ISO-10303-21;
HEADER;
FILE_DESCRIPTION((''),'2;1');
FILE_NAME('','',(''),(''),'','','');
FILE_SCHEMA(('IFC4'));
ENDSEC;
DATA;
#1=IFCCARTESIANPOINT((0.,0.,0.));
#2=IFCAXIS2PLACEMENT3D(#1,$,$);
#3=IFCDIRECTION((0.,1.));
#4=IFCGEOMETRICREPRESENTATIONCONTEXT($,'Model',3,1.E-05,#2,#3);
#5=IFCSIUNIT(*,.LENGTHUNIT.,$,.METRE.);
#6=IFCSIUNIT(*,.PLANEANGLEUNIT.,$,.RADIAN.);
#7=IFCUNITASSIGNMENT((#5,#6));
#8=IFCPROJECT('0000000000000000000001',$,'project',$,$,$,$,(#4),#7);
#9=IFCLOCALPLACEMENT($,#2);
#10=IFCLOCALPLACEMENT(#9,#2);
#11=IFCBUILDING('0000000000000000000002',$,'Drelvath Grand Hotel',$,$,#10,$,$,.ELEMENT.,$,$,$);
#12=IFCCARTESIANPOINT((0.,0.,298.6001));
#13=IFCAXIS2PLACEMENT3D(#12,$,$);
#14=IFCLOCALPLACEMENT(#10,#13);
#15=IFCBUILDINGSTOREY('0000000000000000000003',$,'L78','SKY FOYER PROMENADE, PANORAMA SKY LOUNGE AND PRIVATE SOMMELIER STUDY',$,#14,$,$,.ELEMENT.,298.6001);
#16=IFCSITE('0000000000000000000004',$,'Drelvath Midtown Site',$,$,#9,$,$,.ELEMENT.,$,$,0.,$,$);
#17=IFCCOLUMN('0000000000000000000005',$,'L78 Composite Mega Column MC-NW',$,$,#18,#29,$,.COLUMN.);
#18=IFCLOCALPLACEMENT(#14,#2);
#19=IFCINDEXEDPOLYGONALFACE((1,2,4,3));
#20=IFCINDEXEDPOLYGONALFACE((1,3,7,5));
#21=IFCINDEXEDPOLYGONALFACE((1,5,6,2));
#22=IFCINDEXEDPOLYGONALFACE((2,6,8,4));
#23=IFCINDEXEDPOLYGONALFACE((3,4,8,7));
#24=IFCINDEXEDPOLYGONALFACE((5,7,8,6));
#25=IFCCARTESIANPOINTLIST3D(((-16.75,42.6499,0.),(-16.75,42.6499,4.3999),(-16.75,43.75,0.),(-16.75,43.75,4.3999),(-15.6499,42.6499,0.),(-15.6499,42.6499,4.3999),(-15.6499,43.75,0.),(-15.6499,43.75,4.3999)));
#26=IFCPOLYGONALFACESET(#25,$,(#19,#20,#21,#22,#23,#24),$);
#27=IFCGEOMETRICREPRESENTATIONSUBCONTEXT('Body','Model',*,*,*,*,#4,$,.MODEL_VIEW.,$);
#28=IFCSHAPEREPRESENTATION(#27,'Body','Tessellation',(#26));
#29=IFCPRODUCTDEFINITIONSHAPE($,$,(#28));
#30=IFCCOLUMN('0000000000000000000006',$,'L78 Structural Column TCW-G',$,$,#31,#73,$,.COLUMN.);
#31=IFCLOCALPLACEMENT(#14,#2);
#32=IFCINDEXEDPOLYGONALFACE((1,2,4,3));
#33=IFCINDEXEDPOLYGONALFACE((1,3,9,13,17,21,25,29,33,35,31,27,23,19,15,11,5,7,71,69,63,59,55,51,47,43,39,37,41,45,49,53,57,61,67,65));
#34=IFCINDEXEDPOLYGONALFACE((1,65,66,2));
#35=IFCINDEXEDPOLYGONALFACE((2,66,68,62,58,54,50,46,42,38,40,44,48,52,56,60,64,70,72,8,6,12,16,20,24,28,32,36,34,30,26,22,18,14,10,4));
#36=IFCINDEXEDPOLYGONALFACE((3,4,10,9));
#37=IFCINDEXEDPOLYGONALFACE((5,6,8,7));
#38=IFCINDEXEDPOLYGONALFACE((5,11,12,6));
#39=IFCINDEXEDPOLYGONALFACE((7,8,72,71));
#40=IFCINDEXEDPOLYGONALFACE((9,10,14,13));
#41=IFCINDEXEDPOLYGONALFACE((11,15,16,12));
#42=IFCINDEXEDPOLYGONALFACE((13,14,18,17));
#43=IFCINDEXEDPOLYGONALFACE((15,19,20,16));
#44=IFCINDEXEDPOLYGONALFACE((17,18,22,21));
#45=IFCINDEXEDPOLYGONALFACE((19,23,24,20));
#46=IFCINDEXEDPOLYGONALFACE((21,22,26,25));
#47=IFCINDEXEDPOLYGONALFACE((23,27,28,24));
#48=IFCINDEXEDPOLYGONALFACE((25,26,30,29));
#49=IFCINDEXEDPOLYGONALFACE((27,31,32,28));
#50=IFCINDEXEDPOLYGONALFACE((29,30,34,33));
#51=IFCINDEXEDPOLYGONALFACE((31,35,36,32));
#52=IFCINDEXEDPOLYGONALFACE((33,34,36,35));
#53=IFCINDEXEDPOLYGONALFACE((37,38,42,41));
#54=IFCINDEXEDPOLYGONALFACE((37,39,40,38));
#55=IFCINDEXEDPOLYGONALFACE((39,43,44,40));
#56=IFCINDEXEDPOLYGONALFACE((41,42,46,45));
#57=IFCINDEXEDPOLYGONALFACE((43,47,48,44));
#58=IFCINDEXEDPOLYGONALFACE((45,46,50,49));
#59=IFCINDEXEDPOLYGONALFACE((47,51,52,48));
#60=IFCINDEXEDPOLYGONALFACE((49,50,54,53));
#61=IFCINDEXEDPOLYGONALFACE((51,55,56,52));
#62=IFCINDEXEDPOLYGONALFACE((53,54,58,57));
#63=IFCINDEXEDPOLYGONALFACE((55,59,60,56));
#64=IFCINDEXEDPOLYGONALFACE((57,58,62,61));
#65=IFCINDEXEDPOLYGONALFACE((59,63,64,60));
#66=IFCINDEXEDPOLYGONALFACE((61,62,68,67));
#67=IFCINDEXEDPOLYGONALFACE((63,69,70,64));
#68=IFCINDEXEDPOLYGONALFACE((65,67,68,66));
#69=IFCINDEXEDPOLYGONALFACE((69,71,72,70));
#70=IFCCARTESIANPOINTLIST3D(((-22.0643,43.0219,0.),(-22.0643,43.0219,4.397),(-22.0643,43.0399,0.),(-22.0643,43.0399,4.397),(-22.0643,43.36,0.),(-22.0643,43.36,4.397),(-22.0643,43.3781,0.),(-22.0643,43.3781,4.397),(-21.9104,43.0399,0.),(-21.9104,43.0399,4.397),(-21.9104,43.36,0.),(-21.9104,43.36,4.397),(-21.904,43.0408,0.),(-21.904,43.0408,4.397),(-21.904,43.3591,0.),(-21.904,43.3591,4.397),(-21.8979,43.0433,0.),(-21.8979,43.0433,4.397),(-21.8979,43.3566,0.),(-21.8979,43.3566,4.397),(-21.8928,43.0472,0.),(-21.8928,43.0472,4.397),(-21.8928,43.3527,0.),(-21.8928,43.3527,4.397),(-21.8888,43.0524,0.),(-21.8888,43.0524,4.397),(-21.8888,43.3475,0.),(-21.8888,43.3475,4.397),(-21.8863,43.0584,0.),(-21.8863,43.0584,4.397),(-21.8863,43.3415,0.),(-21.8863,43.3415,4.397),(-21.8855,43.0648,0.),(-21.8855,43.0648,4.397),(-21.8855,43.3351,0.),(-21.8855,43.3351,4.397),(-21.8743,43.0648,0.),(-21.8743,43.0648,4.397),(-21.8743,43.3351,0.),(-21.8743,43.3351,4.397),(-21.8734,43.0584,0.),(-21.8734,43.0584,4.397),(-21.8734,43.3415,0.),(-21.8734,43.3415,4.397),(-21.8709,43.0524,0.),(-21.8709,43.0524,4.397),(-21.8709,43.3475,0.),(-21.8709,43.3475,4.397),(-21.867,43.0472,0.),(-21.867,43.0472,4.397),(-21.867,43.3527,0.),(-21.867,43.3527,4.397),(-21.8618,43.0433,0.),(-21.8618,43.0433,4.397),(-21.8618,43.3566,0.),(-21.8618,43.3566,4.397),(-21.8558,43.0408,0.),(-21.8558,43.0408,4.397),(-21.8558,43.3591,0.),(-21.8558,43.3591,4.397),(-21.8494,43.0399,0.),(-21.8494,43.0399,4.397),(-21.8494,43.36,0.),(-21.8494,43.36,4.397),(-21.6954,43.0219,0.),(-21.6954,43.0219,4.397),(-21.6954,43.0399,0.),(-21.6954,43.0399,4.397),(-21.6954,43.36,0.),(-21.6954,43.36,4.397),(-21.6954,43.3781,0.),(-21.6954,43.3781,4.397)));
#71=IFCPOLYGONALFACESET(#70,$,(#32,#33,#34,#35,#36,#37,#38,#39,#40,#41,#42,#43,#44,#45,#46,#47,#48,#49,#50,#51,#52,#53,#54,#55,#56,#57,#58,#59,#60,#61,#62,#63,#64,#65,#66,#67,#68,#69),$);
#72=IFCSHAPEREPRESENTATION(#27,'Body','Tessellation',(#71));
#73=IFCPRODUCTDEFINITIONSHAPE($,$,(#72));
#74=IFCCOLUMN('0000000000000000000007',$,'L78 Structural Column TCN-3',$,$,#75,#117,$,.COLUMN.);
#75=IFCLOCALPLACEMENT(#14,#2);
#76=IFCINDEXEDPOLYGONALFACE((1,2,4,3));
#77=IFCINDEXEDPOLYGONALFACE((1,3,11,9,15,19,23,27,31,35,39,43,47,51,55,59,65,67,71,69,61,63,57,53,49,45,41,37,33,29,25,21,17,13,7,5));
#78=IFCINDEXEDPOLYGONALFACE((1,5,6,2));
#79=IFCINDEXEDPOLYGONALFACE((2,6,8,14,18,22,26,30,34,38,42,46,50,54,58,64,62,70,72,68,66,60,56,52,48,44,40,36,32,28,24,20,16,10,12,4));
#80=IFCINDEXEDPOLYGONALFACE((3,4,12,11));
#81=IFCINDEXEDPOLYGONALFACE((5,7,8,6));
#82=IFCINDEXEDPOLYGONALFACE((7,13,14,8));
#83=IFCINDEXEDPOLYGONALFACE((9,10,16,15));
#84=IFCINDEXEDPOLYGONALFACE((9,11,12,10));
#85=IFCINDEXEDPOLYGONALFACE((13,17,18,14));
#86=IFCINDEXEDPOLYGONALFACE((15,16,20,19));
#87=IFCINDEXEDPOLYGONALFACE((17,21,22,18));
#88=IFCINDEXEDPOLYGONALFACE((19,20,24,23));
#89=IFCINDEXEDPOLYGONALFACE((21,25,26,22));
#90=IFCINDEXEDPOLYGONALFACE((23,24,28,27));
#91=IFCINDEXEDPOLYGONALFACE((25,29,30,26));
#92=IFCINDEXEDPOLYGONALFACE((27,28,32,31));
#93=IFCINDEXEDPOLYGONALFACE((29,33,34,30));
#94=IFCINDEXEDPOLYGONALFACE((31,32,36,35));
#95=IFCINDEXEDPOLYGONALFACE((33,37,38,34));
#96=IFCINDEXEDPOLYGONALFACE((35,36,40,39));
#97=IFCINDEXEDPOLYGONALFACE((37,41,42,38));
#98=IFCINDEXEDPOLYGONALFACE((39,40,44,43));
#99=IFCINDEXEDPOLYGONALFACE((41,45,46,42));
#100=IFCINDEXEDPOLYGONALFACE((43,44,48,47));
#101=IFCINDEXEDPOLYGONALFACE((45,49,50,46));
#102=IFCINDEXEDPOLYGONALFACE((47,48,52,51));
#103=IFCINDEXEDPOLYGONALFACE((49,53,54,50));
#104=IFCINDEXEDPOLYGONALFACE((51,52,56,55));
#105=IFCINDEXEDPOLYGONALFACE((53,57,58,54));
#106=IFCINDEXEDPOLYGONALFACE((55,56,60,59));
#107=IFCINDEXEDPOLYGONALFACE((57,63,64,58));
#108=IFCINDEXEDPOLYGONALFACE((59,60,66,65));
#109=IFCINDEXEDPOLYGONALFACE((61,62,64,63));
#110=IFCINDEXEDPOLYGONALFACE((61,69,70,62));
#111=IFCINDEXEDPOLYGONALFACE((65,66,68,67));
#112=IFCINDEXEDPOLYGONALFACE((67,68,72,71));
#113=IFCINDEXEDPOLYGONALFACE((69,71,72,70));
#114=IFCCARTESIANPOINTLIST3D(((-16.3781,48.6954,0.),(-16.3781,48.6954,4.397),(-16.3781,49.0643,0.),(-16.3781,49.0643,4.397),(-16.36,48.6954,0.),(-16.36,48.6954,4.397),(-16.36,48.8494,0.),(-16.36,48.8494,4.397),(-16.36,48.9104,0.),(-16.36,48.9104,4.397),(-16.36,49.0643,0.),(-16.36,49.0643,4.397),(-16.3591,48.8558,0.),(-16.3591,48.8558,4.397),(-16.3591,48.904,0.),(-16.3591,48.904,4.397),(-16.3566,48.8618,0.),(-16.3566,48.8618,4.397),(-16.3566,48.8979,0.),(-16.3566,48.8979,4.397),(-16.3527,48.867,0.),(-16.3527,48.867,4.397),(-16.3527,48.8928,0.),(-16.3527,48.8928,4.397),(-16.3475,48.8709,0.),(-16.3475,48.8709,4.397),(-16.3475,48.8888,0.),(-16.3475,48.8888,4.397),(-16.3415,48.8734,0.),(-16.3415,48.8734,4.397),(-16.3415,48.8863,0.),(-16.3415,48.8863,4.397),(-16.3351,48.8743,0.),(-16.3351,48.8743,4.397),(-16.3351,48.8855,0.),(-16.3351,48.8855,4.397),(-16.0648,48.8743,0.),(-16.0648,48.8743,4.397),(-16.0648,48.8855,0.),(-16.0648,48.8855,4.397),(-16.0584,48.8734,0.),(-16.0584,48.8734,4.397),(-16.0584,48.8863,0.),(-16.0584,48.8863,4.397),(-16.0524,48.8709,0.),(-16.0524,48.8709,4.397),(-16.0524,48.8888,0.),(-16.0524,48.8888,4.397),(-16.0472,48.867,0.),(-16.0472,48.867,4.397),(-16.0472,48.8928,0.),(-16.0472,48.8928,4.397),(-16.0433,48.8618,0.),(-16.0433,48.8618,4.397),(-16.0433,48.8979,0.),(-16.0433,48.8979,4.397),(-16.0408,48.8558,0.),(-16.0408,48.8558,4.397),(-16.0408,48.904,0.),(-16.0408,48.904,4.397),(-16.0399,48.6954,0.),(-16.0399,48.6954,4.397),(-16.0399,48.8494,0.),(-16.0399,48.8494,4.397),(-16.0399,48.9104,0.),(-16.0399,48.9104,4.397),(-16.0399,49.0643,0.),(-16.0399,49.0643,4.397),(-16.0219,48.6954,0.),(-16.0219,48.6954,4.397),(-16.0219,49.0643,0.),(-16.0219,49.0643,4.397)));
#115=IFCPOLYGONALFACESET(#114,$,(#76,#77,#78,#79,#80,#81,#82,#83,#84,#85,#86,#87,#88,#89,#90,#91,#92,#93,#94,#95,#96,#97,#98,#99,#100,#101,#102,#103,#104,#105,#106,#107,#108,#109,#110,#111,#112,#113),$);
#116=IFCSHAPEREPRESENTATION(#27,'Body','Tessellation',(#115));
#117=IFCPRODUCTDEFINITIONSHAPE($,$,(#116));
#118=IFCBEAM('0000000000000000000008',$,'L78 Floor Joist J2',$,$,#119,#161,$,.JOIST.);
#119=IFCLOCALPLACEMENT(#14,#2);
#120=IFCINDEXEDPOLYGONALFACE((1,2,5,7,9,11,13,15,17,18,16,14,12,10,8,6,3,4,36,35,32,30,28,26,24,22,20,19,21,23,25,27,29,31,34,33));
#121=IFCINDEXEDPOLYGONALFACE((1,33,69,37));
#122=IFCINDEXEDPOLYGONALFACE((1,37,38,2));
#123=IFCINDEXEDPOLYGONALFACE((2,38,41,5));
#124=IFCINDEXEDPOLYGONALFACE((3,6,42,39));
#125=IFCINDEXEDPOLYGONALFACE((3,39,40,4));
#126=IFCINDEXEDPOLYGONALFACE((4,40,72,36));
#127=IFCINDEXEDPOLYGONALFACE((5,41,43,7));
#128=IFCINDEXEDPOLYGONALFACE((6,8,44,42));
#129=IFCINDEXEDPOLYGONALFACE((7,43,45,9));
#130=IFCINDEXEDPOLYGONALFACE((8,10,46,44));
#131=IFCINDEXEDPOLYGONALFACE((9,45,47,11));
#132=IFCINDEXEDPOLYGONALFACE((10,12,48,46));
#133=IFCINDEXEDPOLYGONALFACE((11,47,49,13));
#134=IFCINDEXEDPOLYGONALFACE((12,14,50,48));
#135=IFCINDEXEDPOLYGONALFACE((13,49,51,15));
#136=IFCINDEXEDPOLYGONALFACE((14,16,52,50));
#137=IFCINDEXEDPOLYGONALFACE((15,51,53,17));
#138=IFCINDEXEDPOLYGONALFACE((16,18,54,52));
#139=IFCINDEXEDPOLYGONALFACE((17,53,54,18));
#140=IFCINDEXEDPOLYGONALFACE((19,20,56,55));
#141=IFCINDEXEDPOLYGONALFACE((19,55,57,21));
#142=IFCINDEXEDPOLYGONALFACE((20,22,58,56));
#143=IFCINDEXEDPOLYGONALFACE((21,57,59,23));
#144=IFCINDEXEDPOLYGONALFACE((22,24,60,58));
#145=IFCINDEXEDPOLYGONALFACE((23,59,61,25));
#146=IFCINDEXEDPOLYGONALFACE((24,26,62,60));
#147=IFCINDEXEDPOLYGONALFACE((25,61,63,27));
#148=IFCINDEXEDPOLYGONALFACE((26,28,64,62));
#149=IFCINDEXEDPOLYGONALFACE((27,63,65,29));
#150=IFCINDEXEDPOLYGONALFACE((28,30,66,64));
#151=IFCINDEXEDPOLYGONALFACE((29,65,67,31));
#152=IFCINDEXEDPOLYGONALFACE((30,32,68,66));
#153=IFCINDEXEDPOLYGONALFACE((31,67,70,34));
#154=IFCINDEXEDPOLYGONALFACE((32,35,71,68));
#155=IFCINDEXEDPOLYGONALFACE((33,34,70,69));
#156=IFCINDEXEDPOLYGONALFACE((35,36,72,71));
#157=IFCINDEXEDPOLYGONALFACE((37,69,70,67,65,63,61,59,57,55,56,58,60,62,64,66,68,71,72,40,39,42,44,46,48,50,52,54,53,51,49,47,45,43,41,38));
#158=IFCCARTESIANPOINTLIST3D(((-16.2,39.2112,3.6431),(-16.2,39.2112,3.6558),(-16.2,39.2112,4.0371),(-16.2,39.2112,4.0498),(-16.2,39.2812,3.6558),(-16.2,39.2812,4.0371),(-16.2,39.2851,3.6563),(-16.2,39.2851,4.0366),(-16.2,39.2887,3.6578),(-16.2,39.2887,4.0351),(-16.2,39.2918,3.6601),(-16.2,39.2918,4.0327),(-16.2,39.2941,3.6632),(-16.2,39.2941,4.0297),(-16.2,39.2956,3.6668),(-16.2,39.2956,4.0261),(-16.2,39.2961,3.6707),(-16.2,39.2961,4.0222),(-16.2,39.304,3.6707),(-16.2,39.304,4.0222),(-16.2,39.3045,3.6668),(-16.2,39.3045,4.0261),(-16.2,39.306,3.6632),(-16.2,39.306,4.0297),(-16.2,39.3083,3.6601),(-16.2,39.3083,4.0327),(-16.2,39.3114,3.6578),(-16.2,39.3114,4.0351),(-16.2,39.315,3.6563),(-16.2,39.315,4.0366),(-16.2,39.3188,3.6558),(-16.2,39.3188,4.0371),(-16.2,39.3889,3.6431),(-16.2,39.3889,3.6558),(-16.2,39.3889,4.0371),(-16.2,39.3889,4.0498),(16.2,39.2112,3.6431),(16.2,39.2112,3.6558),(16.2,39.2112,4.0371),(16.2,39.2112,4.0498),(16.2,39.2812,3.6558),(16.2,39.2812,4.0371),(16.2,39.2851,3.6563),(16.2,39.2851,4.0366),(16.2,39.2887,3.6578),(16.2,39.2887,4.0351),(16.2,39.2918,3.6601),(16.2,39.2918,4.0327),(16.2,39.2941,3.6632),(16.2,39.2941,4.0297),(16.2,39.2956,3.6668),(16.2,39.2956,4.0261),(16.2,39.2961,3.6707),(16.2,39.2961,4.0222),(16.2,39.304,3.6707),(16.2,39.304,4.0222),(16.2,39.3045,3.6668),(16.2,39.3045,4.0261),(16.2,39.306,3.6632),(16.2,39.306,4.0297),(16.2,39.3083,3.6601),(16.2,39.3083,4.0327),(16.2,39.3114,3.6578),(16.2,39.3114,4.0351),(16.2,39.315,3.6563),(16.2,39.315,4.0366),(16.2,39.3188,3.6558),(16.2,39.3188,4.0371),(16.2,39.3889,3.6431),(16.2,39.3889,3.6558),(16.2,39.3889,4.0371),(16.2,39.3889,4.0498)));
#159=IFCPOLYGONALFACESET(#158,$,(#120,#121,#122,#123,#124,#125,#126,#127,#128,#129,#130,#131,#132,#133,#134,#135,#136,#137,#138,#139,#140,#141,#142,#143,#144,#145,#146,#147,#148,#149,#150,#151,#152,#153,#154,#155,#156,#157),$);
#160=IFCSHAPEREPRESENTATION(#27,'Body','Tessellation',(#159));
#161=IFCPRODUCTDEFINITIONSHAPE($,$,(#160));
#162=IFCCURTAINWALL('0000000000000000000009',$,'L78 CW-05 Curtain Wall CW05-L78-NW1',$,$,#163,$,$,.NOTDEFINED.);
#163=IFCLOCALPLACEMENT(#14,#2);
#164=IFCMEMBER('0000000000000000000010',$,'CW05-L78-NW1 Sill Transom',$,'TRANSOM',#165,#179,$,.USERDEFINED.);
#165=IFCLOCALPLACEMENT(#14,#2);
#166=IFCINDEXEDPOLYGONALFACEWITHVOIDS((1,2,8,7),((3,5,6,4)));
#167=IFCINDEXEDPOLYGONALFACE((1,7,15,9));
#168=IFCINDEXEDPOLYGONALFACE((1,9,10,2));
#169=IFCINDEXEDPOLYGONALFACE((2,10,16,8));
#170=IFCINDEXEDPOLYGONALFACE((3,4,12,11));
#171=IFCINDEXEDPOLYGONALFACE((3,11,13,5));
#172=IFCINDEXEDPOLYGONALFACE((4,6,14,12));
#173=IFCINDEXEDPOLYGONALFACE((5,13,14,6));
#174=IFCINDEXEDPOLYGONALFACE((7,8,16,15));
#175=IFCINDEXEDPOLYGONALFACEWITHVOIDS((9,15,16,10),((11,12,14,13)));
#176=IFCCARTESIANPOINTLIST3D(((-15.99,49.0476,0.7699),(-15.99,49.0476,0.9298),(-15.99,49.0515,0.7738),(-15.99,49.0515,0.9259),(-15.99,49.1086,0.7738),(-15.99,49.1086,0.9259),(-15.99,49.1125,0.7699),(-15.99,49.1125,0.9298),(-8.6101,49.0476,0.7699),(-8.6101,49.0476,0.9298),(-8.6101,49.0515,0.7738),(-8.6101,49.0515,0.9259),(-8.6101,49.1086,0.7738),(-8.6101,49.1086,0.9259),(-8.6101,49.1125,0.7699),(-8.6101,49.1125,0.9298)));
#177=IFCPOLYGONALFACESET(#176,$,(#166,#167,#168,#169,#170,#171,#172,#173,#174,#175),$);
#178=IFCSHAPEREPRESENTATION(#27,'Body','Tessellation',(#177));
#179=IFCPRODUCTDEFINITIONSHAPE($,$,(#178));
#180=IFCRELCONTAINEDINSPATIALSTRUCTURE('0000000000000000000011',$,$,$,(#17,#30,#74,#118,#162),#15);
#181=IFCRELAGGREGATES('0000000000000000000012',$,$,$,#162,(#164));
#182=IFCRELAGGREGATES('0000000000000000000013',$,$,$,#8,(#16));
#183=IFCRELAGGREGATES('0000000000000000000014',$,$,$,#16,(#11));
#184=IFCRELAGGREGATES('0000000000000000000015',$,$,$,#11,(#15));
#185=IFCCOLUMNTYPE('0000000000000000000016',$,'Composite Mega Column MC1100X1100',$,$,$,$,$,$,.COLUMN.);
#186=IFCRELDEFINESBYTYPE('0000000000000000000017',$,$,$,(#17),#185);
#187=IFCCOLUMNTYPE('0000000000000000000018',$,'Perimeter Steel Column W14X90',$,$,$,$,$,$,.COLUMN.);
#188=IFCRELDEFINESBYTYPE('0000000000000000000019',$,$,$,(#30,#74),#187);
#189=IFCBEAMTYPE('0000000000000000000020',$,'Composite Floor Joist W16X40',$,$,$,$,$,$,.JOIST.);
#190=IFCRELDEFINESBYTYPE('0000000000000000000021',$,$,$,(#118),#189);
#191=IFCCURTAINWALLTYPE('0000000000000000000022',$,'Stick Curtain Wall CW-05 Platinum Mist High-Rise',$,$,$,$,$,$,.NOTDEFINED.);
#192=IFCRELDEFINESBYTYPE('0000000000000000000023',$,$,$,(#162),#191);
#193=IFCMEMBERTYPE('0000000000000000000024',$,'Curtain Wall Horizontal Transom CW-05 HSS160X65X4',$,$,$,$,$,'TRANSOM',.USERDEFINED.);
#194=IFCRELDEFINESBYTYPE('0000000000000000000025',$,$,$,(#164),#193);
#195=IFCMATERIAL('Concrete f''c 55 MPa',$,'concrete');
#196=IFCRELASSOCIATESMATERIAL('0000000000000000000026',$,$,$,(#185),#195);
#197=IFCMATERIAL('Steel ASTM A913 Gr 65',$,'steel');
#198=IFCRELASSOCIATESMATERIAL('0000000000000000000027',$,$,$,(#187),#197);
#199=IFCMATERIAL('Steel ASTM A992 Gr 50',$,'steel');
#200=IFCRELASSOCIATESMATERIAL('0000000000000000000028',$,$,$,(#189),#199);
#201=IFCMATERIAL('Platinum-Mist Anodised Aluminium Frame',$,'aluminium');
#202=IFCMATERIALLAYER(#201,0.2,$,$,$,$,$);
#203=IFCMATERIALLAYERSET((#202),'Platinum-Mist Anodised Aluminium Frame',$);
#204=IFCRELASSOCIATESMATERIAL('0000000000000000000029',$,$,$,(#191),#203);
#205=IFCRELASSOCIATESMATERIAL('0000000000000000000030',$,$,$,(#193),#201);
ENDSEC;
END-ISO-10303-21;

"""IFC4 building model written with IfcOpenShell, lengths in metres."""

from ifc_helpers import new_model, si_unit, direction, frame, origin, origin_2d, place, context, subcontext, project, spatial, rectangle, hollow_rectangle, i_section, extrude, material, layer, layer_set, material_profile, profile_set, type_object, element, aggregate, save


model = new_model("IFC4")

# Units and contexts
model_context = context("Model", 3, precision=1e-05, world=origin(), true_north=direction((0.0, 1.0)))
body_context = subcontext(model_context, "Body", "Model", "MODEL_VIEW")
ifc_project = project(units=[si_unit("LENGTHUNIT", "METRE"), si_unit("PLANEANGLEUNIT", "RADIAN")], contexts=[model_context])

# Site, building, storey
site_placement = place(None, origin())
site = spatial("IfcSite", under=ifc_project, at=site_placement, Name="Drelvath Midtown Site", CompositionType="ELEMENT", RefElevation=0.0)
building_placement = place(site_placement, origin())
building = spatial("IfcBuilding", under=site, at=building_placement, Name="Drelvath Grand Hotel", CompositionType="ELEMENT")
storey_placement = place(building_placement, frame((0.0, 0.0, 298.6001)))
storey = spatial("IfcBuildingStorey", under=building, at=storey_placement, Name="L78", Description="SKY FOYER PROMENADE, PANORAMA SKY LOUNGE AND PRIVATE SOMMELIER STUDY", CompositionType="ELEMENT", Elevation=298.6001)

# Columns
ifc_material_1 = material(Name="Concrete f'c 55 MPa", Category="concrete")
ifc_material_profile_1 = material_profile(ifc_material_1, rectangle(XDim=1.1001, YDim=1.1001, at=origin_2d()), Name="MC1100X1100")
ifc_profile_set_1 = profile_set([ifc_material_profile_1], Name="Concrete f'c 55 MPa")
column_type_1 = type_object("IfcColumnType", Name="Composite Mega Column MC1100X1100", PredefinedType="COLUMN", material=ifc_profile_set_1)
column_placement = place(storey_placement, frame((-16.2, 43.2, 0.0), z_axis=(0.0, 0.0, 1.0), x_axis=(1.0, 0.0, 0.0)))
element("IfcColumn", 1, at=column_placement, inside=storey, type_object=column_type_1, Name="L78 Composite Mega Column MC-NW", PredefinedType="COLUMN", context=body_context, shape_type="SweptSolid", body=[
    extrude(rectangle(XDim=1.1001, YDim=1.1001, at=origin_2d()), origin(), (0.0, 0.0, 1.0), 4.3999),
])
ifc_material_2 = material(Name="Steel ASTM A913 Gr 65", Category="steel")
ifc_material_profile_2 = material_profile(ifc_material_2, i_section(OverallWidth=0.3689, OverallDepth=0.3562, WebThickness=0.0112, FlangeThickness=0.0181, FilletRadius=0.0249, at=origin_2d()), Name="W14X90")
ifc_profile_set_2 = profile_set([ifc_material_profile_2], Name="Steel ASTM A913 Gr 65")
column_type_2 = type_object("IfcColumnType", Name="Perimeter Steel Column W14X90", PredefinedType="COLUMN", material=ifc_profile_set_2)
for number, where, z_axis, x_axis, name in (
    (2, (-21.8799, 43.2, 0.0), (0.0, 0.0, 1.0), (1.0, 0.0, 0.0), "L78 Structural Column TCW-G"),
    (3, (-16.2, 48.8799, 0.0), (0.0, 0.0, 1.0), (0.0, 1.0, 0.0), "L78 Structural Column TCN-3"),
):
    element("IfcColumn", number, at=place(storey_placement, frame(where, z_axis=z_axis, x_axis=x_axis)), inside=storey, type_object=column_type_2, Name=name, PredefinedType="COLUMN", context=body_context, shape_type="SweptSolid", body=[
        extrude(i_section(OverallWidth=0.3689, OverallDepth=0.3562, WebThickness=0.0112, FlangeThickness=0.0181, FilletRadius=0.0249, at=origin_2d()), origin(), (0.0, 0.0, 1.0), 4.397),
    ])

# Beam
ifc_material_3 = material(Name="Steel ASTM A992 Gr 50", Category="steel")
ifc_material_profile_3 = material_profile(ifc_material_3, i_section(OverallWidth=0.1777, OverallDepth=0.4067, WebThickness=0.0078, FlangeThickness=0.0127, FilletRadius=0.0149, at=origin_2d()), Name="W16X40")
ifc_profile_set_3 = profile_set([ifc_material_profile_3], Name="Steel ASTM A992 Gr 50")
beam_type_1 = type_object("IfcBeamType", Name="Composite Floor Joist W16X40", PredefinedType="JOIST", material=ifc_profile_set_3)
beam_1_placement = place(storey_placement, frame((-16.2, 39.3, 3.8464), z_axis=(1.0, 0.0, 0.0), x_axis=(0.0, 1.0, 0.0)))
element("IfcBeam", 4, at=beam_1_placement, inside=storey, type_object=beam_type_1, Name="L78 Floor Joist J2", PredefinedType="JOIST", context=body_context, shape_type="SweptSolid", body=[
    extrude(i_section(OverallWidth=0.1777, OverallDepth=0.4067, WebThickness=0.0078, FlangeThickness=0.0127, FilletRadius=0.0149, at=origin_2d()), origin(), (0.0, 0.0, 1.0), 32.3999),
])

# Curtain wall, member
ifc_material_4 = material(Name="Platinum-Mist Anodised Aluminium Frame", Category="aluminium")
ifc_layer_1 = layer(ifc_material_4, 0.2)
ifc_layer_set_1 = layer_set([ifc_layer_1], Name="Platinum-Mist Anodised Aluminium Frame")
curtain_wall_type = type_object("IfcCurtainWallType", Name="Stick Curtain Wall CW-05 Platinum Mist High-Rise", PredefinedType="NOTDEFINED", material=ifc_layer_set_1)
curtain_wall_1_placement = place(storey_placement, origin())
curtain_wall_1 = element("IfcCurtainWall", 5, at=curtain_wall_1_placement, inside=storey, type_object=curtain_wall_type, Name="L78 CW-05 Curtain Wall CW05-L78-NW1", PredefinedType="NOTDEFINED")
ifc_material_profile_4 = material_profile(ifc_material_4, hollow_rectangle(XDim=0.0649, YDim=0.1599, WallThickness=0.0039, at=origin_2d()), Name="HSS160X65X4")
ifc_profile_set_4 = profile_set([ifc_material_profile_4], Name="Platinum-Mist Anodised Aluminium Frame")
member_type_1 = type_object("IfcMemberType", Name="Curtain Wall Horizontal Transom CW-05 HSS160X65X4", ElementType="TRANSOM", PredefinedType="USERDEFINED", material=ifc_profile_set_4)
member_1_placement = place(storey_placement, frame((-15.99, 49.0801, 0.8499), z_axis=(1.0, 0.0, 0.0), x_axis=(0.0, 1.0, 0.0)))
member_1 = element("IfcMember", 6, at=member_1_placement, type_object=member_type_1, Name="CW05-L78-NW1 Sill Transom", ObjectType="TRANSOM", PredefinedType="USERDEFINED", context=body_context, shape_type="SweptSolid", body=[
    extrude(hollow_rectangle(XDim=0.0649, YDim=0.1599, WallThickness=0.0039, at=origin_2d()), origin(), (0.0, 0.0, 1.0), 7.3799),
])

aggregate(curtain_wall_1, [member_1])

save(model, "model.ifc")
